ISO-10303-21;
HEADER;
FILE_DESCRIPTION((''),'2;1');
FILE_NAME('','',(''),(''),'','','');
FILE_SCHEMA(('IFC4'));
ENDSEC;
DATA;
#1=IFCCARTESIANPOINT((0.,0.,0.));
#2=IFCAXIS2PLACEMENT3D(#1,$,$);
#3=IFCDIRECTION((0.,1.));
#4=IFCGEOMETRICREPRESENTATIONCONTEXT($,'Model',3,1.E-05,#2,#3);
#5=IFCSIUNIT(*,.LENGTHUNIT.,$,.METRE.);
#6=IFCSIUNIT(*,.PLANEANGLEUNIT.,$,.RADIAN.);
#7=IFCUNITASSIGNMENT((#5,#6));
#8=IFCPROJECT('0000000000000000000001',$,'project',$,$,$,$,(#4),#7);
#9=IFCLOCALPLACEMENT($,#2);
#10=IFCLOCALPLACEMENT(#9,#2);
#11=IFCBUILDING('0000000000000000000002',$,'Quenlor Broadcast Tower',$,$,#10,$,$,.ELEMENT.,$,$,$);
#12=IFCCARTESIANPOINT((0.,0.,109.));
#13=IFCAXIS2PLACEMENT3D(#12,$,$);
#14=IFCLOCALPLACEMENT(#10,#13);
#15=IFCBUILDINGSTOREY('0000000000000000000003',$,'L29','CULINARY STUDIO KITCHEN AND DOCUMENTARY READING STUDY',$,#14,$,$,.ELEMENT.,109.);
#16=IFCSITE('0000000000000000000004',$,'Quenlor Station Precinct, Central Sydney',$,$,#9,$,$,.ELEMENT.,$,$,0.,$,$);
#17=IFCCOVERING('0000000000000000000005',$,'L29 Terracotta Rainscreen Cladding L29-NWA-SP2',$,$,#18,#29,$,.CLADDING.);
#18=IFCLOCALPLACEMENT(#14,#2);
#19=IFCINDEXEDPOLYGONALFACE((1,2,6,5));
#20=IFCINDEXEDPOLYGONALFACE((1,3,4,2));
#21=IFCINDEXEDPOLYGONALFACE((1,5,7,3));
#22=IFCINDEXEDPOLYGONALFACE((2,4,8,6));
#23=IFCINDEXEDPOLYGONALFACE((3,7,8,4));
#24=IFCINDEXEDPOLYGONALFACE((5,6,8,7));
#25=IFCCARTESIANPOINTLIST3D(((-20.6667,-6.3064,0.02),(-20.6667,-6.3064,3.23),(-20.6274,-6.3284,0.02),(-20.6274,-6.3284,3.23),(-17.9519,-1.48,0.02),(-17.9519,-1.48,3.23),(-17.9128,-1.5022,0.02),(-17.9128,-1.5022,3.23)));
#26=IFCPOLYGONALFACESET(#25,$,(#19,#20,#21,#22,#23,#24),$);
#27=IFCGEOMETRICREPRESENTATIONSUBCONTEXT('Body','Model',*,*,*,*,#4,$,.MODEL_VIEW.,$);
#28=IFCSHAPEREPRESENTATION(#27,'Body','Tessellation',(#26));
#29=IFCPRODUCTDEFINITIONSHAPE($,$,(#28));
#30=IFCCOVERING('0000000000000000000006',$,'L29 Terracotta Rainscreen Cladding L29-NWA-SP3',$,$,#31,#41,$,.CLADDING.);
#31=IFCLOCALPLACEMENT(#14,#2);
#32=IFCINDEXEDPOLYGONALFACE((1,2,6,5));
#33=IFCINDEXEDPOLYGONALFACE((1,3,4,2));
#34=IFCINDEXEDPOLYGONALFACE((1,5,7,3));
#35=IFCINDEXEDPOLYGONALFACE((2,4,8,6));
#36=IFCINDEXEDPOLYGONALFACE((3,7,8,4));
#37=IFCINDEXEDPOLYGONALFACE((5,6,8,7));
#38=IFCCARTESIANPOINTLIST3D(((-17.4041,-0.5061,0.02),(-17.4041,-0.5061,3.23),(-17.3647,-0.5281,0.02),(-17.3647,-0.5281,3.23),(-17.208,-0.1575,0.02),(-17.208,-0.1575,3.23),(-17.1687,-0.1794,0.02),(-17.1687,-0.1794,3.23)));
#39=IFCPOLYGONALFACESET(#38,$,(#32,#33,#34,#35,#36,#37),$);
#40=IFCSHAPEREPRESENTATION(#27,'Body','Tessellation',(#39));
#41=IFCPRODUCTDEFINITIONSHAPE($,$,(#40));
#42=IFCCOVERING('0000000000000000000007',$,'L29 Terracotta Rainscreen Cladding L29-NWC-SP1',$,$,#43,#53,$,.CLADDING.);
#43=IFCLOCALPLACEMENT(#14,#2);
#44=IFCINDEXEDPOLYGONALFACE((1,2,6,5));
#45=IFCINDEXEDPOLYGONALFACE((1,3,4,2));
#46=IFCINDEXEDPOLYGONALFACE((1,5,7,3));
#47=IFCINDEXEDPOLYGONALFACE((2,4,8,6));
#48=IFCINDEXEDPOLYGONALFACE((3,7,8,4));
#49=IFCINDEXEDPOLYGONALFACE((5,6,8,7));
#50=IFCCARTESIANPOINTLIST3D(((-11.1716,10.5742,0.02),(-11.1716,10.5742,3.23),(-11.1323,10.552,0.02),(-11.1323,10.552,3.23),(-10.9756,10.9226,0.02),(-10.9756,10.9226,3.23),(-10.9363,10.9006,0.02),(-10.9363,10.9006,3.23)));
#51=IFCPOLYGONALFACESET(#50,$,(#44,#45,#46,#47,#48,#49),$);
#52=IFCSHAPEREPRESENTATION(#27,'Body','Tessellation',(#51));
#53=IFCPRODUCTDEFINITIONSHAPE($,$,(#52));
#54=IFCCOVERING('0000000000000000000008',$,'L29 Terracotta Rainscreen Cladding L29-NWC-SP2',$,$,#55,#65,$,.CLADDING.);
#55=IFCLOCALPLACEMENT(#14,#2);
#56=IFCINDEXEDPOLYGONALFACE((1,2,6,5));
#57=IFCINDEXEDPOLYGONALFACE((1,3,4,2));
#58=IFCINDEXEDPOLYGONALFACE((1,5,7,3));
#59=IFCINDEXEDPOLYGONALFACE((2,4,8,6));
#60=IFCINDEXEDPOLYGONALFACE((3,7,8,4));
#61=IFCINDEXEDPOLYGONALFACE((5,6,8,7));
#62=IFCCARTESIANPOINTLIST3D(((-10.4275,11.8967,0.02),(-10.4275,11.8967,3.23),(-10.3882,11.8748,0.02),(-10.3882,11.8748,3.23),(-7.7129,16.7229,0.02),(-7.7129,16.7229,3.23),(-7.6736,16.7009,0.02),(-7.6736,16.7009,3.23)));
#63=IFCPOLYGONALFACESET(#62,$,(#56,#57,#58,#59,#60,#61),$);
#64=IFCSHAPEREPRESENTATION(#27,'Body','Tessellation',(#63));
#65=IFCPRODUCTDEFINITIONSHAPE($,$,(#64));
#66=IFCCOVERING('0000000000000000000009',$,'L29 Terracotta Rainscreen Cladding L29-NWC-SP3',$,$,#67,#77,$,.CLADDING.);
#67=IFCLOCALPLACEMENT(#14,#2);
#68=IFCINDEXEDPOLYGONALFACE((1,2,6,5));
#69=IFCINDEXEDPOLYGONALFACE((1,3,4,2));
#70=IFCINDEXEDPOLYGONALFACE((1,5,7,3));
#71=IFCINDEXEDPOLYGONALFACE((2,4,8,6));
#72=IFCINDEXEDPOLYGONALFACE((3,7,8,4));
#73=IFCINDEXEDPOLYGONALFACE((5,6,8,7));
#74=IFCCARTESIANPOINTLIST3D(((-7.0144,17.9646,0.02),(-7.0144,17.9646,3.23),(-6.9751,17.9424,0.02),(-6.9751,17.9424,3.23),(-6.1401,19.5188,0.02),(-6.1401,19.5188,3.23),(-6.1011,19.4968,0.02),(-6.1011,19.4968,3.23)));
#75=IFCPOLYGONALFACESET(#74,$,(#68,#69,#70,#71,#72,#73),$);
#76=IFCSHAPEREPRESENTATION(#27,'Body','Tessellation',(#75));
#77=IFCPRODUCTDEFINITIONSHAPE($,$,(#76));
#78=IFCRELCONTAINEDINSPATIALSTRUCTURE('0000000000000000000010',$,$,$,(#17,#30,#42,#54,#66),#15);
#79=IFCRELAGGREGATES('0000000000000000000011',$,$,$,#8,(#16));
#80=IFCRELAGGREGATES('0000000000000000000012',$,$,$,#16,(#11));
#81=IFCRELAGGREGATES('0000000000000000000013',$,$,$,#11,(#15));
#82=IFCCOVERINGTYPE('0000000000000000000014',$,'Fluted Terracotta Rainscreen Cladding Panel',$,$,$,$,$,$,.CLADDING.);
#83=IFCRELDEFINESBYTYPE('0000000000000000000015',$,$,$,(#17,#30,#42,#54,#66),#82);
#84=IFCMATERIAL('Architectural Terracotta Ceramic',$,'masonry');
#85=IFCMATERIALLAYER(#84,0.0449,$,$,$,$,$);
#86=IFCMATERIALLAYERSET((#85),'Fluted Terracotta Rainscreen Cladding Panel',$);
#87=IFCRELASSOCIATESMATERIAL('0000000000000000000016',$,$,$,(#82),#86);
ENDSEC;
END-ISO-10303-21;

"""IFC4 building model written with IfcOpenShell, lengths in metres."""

from ifc_helpers import new_model, si_unit, direction, frame, origin, place, context, subcontext, project, spatial, polyline, outline, extrude, material, layer, layer_set, type_object, element, save


model = new_model("IFC4")

# Units and contexts
model_context = context("Model", 3, precision=1e-05, world=origin(), true_north=direction((0.0, 1.0)))
body_context = subcontext(model_context, "Body", "Model", "MODEL_VIEW")
ifc_project = project(units=[si_unit("LENGTHUNIT", "METRE"), si_unit("PLANEANGLEUNIT", "RADIAN")], contexts=[model_context])

# Site, building, storey
site_placement = place(None, origin())
site = spatial("IfcSite", under=ifc_project, at=site_placement, Name="Quenlor Station Precinct, Central Sydney", CompositionType="ELEMENT", RefElevation=0.0)
building_placement = place(site_placement, origin())
building = spatial("IfcBuilding", under=site, at=building_placement, Name="Quenlor Broadcast Tower", CompositionType="ELEMENT")
storey_placement = place(building_placement, frame((0.0, 0.0, 109.0)))
storey = spatial("IfcBuildingStorey", under=building, at=storey_placement, Name="L29", Description="CULINARY STUDIO KITCHEN AND DOCUMENTARY READING STUDY", CompositionType="ELEMENT", Elevation=109.0)

# Coverings
ifc_material_1 = material(Name="Architectural Terracotta Ceramic", Category="masonry")
ifc_layer_1 = layer(ifc_material_1, 0.0449)
ifc_layer_set_1 = layer_set([ifc_layer_1], Name="Fluted Terracotta Rainscreen Cladding Panel")
covering_type = type_object("IfcCoveringType", Name="Fluted Terracotta Rainscreen Cladding Panel", PredefinedType="CLADDING", material=ifc_layer_set_1)
covering_1_placement = place(storey_placement, frame((0.0, 0.0, 0.02)))
element("IfcCovering", 1, at=covering_1_placement, inside=storey, type_object=covering_type, Name="L29 Terracotta Rainscreen Cladding L29-NWA-SP2", PredefinedType="CLADDING", context=body_context, shape_type="SweptSolid", body=[
    extrude(outline(polyline([(-20.6274, -6.3284), (-17.9128, -1.5022), (-17.9519, -1.48), (-20.6667, -6.3064), (-20.6274, -6.3284)])), origin(), (0.0, 0.0, 1.0), 3.21),
])
covering_2_placement = place(storey_placement, frame((0.0, 0.0, 0.02)))
element("IfcCovering", 2, at=covering_2_placement, inside=storey, type_object=covering_type, Name="L29 Terracotta Rainscreen Cladding L29-NWA-SP3", PredefinedType="CLADDING", context=body_context, shape_type="SweptSolid", body=[
    extrude(outline(polyline([(-17.3647, -0.5281), (-17.1687, -0.1794), (-17.208, -0.1575), (-17.4041, -0.5061), (-17.3647, -0.5281)])), origin(), (0.0, 0.0, 1.0), 3.21),
])
covering_3_placement = place(storey_placement, frame((0.0, 0.0, 0.02)))
element("IfcCovering", 3, at=covering_3_placement, inside=storey, type_object=covering_type, Name="L29 Terracotta Rainscreen Cladding L29-NWC-SP1", PredefinedType="CLADDING", context=body_context, shape_type="SweptSolid", body=[
    extrude(outline(polyline([(-11.1323, 10.552), (-10.9363, 10.9006), (-10.9756, 10.9226), (-11.1716, 10.5742), (-11.1323, 10.552)])), origin(), (0.0, 0.0, 1.0), 3.21),
])
covering_4_placement = place(storey_placement, frame((0.0, 0.0, 0.02)))
element("IfcCovering", 4, at=covering_4_placement, inside=storey, type_object=covering_type, Name="L29 Terracotta Rainscreen Cladding L29-NWC-SP2", PredefinedType="CLADDING", context=body_context, shape_type="SweptSolid", body=[
    extrude(outline(polyline([(-10.3882, 11.8748), (-7.6736, 16.7009), (-7.7129, 16.7229), (-10.4275, 11.8967), (-10.3882, 11.8748)])), origin(), (0.0, 0.0, 1.0), 3.21),
])
covering_5_placement = place(storey_placement, frame((0.0, 0.0, 0.02)))
element("IfcCovering", 5, at=covering_5_placement, inside=storey, type_object=covering_type, Name="L29 Terracotta Rainscreen Cladding L29-NWC-SP3", PredefinedType="CLADDING", context=body_context, shape_type="SweptSolid", body=[
    extrude(outline(polyline([(-6.9751, 17.9424), (-6.1011, 19.4968), (-6.1401, 19.5188), (-7.0144, 17.9646), (-6.9751, 17.9424)])), origin(), (0.0, 0.0, 1.0), 3.21),
])

save(model, "model.ifc")
